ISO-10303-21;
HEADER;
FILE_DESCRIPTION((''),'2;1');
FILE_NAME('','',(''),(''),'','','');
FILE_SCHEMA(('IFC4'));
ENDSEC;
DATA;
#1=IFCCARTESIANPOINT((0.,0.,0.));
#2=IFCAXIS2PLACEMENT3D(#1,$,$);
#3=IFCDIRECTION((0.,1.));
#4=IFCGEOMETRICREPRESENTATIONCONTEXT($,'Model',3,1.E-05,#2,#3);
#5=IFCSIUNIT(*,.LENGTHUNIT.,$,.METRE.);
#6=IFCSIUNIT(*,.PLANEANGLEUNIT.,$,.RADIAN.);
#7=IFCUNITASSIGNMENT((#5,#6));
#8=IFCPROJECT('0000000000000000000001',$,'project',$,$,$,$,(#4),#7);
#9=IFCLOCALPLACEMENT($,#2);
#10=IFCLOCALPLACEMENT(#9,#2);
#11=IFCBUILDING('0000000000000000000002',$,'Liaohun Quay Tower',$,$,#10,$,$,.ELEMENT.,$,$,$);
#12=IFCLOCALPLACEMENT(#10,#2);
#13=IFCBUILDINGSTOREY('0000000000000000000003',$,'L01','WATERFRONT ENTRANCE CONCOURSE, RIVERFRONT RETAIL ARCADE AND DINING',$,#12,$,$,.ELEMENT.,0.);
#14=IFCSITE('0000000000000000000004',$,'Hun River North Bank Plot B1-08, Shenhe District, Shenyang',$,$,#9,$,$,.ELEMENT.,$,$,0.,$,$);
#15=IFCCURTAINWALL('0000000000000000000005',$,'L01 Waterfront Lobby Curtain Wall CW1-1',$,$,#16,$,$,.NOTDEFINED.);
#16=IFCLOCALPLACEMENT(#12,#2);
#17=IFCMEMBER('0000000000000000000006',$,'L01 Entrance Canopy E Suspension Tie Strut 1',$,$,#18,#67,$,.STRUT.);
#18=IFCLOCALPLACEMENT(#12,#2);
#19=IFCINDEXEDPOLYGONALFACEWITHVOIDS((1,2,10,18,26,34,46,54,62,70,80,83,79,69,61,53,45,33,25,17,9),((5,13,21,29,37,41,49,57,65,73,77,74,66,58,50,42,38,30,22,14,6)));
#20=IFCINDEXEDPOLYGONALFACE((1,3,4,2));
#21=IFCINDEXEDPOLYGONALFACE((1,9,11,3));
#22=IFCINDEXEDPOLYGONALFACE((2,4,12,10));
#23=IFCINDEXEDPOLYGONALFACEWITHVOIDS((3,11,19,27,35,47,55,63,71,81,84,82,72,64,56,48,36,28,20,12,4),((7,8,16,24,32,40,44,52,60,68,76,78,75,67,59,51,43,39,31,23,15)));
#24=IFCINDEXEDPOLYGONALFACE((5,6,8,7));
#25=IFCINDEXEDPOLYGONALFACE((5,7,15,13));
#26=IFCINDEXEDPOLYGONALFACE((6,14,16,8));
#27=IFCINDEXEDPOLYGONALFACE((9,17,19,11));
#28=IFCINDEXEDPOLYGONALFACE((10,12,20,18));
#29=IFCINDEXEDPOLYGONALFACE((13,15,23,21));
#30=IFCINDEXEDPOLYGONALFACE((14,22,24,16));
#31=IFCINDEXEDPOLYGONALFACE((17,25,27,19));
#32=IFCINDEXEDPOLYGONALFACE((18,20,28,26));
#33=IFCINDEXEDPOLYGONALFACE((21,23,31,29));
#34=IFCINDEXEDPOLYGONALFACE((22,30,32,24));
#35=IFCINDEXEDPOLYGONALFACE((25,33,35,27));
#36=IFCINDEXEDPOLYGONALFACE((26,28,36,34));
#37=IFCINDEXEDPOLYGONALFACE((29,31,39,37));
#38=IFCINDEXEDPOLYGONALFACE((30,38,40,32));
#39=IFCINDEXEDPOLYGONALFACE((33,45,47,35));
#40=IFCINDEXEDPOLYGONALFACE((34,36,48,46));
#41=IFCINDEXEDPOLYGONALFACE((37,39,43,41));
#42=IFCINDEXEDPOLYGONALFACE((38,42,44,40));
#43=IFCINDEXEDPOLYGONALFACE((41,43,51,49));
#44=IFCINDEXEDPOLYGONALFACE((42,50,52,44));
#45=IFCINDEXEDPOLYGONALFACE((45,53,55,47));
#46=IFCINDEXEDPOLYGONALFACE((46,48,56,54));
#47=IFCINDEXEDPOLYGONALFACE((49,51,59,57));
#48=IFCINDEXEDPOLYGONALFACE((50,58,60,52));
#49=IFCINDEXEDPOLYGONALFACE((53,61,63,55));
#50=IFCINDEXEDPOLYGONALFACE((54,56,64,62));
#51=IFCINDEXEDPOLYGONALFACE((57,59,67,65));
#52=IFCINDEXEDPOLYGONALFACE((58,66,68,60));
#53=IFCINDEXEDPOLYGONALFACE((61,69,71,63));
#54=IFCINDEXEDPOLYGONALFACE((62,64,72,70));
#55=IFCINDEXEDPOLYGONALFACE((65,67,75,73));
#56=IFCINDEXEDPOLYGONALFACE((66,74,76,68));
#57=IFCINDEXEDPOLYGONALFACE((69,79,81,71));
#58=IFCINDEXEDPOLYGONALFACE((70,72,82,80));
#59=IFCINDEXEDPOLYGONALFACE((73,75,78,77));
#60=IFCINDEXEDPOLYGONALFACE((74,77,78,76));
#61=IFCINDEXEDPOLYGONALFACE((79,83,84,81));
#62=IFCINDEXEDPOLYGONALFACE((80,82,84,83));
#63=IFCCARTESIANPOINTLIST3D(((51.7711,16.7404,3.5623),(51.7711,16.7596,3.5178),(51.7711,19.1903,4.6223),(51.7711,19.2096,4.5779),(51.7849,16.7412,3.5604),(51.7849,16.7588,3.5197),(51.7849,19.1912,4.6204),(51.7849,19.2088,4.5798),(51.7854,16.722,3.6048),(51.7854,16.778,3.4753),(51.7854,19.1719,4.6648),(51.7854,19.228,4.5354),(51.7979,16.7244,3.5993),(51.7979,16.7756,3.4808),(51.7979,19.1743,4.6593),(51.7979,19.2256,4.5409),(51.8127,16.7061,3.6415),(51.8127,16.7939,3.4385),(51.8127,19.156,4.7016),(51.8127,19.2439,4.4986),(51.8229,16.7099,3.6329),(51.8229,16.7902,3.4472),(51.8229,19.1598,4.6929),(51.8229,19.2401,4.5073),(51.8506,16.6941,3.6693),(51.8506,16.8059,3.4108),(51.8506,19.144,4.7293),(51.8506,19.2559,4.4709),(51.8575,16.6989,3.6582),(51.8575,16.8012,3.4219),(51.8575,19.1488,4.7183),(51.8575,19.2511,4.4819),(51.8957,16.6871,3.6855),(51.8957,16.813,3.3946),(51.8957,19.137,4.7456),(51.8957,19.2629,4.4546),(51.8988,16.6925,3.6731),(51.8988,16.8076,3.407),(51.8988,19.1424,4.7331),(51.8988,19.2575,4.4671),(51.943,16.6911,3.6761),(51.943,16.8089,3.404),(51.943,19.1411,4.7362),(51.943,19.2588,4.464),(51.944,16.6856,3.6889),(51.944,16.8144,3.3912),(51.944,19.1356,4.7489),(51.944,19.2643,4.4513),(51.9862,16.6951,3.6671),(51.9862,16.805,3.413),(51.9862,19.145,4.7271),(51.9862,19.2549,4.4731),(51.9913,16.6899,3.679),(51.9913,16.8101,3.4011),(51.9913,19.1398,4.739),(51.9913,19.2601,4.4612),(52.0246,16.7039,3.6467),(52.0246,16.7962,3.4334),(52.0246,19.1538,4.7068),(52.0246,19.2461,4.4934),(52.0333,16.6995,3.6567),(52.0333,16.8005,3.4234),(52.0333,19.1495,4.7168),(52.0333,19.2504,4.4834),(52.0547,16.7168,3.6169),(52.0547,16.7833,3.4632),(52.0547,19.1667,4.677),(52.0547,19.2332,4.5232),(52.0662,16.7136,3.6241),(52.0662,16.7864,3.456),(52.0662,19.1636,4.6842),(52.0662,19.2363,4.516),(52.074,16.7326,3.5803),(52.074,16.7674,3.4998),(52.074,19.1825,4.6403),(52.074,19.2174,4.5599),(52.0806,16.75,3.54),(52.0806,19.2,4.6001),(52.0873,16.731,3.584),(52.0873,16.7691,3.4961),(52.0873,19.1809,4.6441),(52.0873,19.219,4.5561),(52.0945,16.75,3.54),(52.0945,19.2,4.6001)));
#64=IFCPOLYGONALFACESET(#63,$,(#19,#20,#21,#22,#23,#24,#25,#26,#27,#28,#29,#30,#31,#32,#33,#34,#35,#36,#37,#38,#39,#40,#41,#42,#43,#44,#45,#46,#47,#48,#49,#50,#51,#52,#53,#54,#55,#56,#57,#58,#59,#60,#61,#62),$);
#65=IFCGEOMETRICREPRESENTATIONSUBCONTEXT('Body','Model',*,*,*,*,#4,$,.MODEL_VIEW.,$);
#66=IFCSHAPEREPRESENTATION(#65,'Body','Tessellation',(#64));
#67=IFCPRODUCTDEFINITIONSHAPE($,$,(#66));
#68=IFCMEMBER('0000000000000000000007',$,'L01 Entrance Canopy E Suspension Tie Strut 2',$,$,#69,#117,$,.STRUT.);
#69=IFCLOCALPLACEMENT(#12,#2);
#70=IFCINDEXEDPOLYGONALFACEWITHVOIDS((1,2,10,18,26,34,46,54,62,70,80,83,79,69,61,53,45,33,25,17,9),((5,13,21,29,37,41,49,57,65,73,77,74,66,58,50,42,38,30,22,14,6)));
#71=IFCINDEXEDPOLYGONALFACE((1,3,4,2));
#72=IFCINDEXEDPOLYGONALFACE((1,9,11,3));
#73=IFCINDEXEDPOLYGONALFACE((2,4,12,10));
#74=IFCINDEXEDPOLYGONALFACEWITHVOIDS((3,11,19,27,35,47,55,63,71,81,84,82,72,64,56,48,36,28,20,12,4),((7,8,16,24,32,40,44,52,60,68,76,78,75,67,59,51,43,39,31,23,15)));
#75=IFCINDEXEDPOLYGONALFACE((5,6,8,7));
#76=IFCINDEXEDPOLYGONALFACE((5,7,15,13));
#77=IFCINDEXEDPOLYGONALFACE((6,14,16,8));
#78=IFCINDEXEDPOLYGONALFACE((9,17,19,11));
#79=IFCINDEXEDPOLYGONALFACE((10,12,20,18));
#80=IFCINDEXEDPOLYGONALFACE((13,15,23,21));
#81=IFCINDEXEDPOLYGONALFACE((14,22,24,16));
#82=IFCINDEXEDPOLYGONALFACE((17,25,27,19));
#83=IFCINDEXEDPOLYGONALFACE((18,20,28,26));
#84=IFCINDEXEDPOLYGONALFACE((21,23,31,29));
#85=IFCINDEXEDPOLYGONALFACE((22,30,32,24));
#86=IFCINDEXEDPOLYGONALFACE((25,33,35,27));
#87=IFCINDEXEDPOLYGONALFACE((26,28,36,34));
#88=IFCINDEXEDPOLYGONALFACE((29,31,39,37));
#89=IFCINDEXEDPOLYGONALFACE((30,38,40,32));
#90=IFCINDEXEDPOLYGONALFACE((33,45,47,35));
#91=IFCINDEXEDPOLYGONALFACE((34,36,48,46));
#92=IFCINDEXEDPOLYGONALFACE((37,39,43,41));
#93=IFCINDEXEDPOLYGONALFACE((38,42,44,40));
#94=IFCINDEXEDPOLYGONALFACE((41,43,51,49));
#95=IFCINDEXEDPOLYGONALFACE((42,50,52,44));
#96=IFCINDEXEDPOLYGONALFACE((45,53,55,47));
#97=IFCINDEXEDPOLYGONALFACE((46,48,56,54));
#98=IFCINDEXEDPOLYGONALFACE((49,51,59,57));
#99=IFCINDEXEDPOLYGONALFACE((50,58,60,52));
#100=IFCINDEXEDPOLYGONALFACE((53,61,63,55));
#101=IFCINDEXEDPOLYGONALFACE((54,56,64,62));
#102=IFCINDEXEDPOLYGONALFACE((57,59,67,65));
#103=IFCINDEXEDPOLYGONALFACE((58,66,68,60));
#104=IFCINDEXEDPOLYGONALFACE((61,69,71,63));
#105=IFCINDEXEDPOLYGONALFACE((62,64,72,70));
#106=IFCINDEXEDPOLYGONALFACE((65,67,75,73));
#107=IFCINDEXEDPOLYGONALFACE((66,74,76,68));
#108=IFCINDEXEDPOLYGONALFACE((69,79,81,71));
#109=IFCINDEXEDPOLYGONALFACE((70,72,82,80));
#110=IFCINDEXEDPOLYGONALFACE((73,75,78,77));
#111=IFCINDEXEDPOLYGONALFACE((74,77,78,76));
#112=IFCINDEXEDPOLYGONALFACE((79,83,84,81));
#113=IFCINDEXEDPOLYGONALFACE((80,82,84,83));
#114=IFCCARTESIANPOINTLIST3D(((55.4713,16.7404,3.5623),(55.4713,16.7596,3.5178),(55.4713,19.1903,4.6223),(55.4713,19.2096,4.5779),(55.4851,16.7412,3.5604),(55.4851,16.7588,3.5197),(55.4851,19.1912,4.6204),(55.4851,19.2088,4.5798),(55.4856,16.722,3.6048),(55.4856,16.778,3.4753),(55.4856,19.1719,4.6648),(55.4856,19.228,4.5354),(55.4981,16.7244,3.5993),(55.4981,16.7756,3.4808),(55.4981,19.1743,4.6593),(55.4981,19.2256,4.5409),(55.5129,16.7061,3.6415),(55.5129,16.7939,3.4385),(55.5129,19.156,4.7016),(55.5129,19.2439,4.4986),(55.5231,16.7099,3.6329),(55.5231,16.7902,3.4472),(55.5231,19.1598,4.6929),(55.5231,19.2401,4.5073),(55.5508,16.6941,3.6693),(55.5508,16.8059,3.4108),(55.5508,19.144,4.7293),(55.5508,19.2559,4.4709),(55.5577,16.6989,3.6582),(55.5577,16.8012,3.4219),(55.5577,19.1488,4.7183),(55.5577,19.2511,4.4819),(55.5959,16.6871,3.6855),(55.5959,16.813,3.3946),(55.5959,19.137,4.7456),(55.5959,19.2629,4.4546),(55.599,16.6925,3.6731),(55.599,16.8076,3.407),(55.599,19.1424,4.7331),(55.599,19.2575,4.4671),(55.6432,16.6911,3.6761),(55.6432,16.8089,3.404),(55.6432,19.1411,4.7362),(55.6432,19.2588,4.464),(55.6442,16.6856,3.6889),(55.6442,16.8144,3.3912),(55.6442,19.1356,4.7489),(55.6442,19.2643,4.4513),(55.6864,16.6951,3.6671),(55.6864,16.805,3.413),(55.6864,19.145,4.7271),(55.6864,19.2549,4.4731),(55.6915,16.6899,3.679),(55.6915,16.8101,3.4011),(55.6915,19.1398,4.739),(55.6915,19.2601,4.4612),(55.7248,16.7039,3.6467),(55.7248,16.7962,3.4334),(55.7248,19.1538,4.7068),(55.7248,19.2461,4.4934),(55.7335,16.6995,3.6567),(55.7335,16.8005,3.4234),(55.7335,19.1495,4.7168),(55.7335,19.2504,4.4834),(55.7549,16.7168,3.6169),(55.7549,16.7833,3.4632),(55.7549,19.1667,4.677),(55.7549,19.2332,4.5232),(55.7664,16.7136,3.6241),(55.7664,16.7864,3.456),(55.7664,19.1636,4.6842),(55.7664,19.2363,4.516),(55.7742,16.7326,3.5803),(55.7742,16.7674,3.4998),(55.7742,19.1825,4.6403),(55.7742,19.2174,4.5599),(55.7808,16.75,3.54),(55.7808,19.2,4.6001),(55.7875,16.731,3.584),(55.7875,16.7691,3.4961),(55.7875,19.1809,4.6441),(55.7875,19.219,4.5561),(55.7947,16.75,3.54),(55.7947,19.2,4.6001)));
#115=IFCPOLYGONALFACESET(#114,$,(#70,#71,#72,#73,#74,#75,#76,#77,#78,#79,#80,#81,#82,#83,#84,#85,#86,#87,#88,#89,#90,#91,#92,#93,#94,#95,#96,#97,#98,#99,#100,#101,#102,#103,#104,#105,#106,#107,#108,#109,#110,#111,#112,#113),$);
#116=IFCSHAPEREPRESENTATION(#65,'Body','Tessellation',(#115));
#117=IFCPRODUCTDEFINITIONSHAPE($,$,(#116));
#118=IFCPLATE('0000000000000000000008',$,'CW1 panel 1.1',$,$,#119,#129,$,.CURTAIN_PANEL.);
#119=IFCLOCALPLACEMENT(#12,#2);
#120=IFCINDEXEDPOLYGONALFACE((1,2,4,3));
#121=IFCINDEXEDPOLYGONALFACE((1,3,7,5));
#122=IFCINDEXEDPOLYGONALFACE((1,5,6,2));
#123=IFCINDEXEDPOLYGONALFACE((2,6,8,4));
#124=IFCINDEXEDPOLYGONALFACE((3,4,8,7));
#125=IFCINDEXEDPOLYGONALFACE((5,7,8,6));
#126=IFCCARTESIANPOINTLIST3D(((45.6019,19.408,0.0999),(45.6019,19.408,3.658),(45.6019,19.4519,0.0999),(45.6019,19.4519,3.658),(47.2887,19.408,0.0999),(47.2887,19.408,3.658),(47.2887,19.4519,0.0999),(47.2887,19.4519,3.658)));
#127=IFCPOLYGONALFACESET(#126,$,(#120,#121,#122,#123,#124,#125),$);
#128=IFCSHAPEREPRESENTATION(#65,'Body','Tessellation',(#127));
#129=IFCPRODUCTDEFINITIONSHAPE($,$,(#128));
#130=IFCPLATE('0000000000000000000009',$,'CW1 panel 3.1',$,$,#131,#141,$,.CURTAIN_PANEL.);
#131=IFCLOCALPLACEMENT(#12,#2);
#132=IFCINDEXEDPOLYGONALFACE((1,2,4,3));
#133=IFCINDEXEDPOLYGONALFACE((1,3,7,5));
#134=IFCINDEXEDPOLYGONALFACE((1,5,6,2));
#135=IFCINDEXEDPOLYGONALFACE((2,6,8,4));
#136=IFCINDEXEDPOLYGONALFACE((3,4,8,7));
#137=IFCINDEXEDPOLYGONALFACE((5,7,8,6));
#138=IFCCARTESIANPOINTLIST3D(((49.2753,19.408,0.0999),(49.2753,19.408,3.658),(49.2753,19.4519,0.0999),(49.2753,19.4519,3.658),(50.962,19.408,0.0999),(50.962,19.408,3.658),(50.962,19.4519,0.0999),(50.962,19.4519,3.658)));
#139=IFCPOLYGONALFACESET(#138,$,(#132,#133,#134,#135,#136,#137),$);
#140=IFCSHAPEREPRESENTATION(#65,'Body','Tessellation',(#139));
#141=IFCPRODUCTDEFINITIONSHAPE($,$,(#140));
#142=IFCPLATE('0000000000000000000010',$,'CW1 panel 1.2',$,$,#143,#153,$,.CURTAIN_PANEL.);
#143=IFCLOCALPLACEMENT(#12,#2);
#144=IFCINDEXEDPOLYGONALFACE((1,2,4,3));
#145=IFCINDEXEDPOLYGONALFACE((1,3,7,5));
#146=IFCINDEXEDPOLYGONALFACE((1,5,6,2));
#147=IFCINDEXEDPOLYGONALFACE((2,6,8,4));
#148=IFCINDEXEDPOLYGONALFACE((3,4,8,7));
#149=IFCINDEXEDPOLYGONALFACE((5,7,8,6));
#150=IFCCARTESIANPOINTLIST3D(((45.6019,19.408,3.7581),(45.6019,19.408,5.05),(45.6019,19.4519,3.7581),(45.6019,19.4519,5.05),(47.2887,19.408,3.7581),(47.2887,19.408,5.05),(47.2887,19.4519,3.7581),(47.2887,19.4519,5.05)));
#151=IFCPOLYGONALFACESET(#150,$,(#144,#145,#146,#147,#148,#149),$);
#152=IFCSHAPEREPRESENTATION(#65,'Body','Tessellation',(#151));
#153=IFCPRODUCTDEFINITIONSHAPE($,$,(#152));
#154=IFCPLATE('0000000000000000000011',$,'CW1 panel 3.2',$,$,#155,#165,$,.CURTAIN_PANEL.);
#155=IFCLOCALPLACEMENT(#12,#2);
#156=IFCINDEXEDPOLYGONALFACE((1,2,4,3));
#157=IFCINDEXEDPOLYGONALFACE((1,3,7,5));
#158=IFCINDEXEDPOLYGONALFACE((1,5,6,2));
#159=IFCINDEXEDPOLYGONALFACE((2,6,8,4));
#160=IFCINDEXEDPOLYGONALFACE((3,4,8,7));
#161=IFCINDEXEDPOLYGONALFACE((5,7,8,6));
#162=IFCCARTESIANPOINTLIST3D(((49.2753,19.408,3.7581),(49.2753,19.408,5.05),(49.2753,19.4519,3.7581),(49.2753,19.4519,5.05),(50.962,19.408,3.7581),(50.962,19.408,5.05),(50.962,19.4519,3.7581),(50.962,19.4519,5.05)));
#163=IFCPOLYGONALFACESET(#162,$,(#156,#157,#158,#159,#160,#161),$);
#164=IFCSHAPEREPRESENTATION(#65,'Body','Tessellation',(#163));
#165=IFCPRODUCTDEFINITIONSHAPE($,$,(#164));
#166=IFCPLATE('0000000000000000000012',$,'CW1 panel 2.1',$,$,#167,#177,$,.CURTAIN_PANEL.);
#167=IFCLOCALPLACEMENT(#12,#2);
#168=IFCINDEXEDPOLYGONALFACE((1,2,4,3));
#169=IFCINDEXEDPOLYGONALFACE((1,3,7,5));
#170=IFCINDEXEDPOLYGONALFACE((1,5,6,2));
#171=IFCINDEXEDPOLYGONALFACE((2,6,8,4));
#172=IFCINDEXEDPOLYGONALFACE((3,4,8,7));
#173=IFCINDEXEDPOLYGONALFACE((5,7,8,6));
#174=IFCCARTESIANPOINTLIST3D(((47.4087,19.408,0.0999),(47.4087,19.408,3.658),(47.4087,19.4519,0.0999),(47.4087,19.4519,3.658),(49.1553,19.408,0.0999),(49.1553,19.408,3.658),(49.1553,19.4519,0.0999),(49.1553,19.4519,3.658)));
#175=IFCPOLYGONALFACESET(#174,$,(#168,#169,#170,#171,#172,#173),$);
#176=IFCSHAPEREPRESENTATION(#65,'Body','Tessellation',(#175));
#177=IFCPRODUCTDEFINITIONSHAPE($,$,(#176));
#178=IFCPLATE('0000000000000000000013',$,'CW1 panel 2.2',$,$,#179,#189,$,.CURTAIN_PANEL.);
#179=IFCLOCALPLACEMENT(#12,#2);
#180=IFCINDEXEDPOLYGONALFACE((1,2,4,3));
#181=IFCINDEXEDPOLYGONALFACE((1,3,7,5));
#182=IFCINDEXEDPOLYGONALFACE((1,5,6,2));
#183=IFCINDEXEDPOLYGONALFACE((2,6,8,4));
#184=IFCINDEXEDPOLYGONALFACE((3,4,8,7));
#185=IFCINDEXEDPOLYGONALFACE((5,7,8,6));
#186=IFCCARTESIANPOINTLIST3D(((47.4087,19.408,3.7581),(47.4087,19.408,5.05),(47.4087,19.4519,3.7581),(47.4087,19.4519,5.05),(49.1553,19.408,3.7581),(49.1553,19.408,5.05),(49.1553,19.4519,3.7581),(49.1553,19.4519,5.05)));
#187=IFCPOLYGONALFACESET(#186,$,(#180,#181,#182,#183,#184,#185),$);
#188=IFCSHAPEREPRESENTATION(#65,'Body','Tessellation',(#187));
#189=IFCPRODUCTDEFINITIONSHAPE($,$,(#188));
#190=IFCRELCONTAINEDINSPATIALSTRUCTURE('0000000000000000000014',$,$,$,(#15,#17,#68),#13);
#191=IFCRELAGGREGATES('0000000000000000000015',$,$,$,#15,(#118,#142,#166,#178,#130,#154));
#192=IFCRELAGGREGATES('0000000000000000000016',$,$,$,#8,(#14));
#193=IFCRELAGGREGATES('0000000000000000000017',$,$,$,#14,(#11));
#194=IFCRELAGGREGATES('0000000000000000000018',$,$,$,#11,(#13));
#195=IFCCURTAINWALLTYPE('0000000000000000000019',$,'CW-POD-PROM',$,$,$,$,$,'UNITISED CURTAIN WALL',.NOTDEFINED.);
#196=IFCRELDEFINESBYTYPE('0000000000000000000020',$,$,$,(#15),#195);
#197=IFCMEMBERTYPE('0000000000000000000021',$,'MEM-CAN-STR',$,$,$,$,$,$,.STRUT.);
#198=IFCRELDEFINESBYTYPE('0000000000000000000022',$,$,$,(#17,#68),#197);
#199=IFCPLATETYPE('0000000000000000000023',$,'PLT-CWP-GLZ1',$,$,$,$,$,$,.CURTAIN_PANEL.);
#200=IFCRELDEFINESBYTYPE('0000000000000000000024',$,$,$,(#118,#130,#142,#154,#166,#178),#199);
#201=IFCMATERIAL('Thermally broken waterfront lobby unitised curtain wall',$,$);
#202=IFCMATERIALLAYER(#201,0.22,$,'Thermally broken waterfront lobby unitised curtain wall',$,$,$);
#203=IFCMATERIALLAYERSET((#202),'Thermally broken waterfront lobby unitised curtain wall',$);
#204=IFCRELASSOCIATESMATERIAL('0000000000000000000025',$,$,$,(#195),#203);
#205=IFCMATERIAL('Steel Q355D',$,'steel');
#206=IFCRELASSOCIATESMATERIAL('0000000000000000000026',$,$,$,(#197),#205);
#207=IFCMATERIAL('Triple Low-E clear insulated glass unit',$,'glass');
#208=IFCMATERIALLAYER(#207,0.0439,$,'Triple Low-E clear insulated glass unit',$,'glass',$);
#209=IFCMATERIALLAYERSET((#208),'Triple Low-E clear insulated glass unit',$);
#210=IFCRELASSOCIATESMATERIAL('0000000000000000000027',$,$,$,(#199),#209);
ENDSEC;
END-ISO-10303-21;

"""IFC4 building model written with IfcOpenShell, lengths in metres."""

from ifc_helpers import new_model, si_unit, direction, frame, origin, origin_2d, place, context, subcontext, project, spatial, rectangle, hollow_circle, extrude, source, transform, mapped, material, layer, layer_set, material_profile, profile_set, type_object, element, aggregate, save


model = new_model("IFC4")

# Units and contexts
model_context = context("Model", 3, precision=1e-05, world=origin(), true_north=direction((0.0, 1.0)))
body_context = subcontext(model_context, "Body", "Model", "MODEL_VIEW")
ifc_project = project(units=[si_unit("LENGTHUNIT", "METRE"), si_unit("PLANEANGLEUNIT", "RADIAN")], contexts=[model_context])

# Site, building, storey
site_placement = place(None, origin())
site = spatial("IfcSite", under=ifc_project, at=site_placement, Name="Hun River North Bank Plot B1-08, Shenhe District, Shenyang", CompositionType="ELEMENT", RefElevation=0.0)
building_placement = place(site_placement, origin())
building = spatial("IfcBuilding", under=site, at=building_placement, Name="Liaohun Quay Tower", CompositionType="ELEMENT")
storey_placement = place(building_placement, origin())
storey = spatial("IfcBuildingStorey", under=building, at=storey_placement, Name="L01", Description="WATERFRONT ENTRANCE CONCOURSE, RIVERFRONT RETAIL ARCADE AND DINING", CompositionType="ELEMENT", Elevation=0.0)

# Shared definitions
ifc_material_1 = material(Name="Steel Q355D", Category="steel")

# Curtain wall
ifc_material_2 = material(Name="Thermally broken waterfront lobby unitised curtain wall")
ifc_layer_1 = layer(ifc_material_2, 0.22, Name="Thermally broken waterfront lobby unitised curtain wall")
ifc_layer_set_1 = layer_set([ifc_layer_1], Name="Thermally broken waterfront lobby unitised curtain wall")
curtain_wall_type = type_object("IfcCurtainWallType", Name="CW-POD-PROM", ElementType="UNITISED CURTAIN WALL", PredefinedType="NOTDEFINED", material=ifc_layer_set_1)
curtain_wall_placement = place(storey_placement, origin())
curtain_wall = element("IfcCurtainWall", 1, at=curtain_wall_placement, inside=storey, type_object=curtain_wall_type, Name="L01 Waterfront Lobby Curtain Wall CW1-1", PredefinedType="NOTDEFINED")

# Members
ifc_material_profile_1 = material_profile(ifc_material_1, hollow_circle(Radius=0.1626, WallThickness=0.0139, at=origin_2d()), Name="CHS325x14")
ifc_profile_set_1 = profile_set([ifc_material_profile_1], Name="Steel Q355D")
member_type_1 = type_object("IfcMemberType", Name="MEM-CAN-STR", PredefinedType="STRUT", material=ifc_profile_set_1)
shared_shape_1 = source(origin(), body_context, "Body", "SweptSolid", [
    extrude(hollow_circle(Radius=0.1626, WallThickness=0.0139, at=origin_2d()), origin(), (0.0, 0.0, 1.0), 2.6694),
])
for number, where, z_axis, x_axis, name in (
    (2, (51.9319, 19.2, 4.6001), (0.0, -0.917772, -0.397107), (1.0, 0.0, 0.0), "L01 Entrance Canopy E Suspension Tie Strut 1"),
    (3, (55.6321, 19.2, 4.6001), (0.0, -0.917772, -0.397107), (1.0, 0.0, 0.0), "L01 Entrance Canopy E Suspension Tie Strut 2"),
):
    element("IfcMember", number, at=place(storey_placement, frame(where, z_axis=z_axis, x_axis=x_axis)), inside=storey, type_object=member_type_1, Name=name, PredefinedType="STRUT", context=body_context, shape_type="MappedRepresentation", body=[
        mapped(shared_shape_1, transform((0.0, 0.0, 0.0), x_axis=(1.0, 0.0, 0.0), y_axis=(0.0, 1.0, 0.0), z_axis=(0.0, 0.0, 1.0), scale=1.0)),
    ])

# Plates
ifc_material_3 = material(Name="Triple Low-E clear insulated glass unit", Category="glass")
ifc_layer_2 = layer(ifc_material_3, 0.0439, Name="Triple Low-E clear insulated glass unit", Category="glass")
ifc_layer_set_2 = layer_set([ifc_layer_2], Name="Triple Low-E clear insulated glass unit")
plate_type_1 = type_object("IfcPlateType", Name="PLT-CWP-GLZ1", PredefinedType="CURTAIN_PANEL", material=ifc_layer_set_2)
shared_shape_2 = source(origin(), body_context, "Body", "SweptSolid", [
    extrude(rectangle(XDim=1.6868, YDim=0.0439, at=origin_2d()), origin(), (0.0, 0.0, 1.0), 3.5581),
])
plate_1_placement = place(storey_placement, frame((46.4453, 19.4299, 0.0999), z_axis=(0.0, 0.0, 1.0), x_axis=(1.0, 0.0, 0.0)))
plate_1 = element("IfcPlate", 4, at=plate_1_placement, type_object=plate_type_1, Name="CW1 panel 1.1", PredefinedType="CURTAIN_PANEL", context=body_context, shape_type="MappedRepresentation", body=[
    mapped(shared_shape_2, transform((0.0, 0.0, 0.0), x_axis=(1.0, 0.0, 0.0), y_axis=(0.0, 1.0, 0.0), z_axis=(0.0, 0.0, 1.0), scale=1.0)),
])
plate_2_placement = place(storey_placement, frame((50.1187, 19.4299, 0.0999), z_axis=(0.0, 0.0, 1.0), x_axis=(1.0, 0.0, 0.0)))
plate_2 = element("IfcPlate", 5, at=plate_2_placement, type_object=plate_type_1, Name="CW1 panel 3.1", PredefinedType="CURTAIN_PANEL", context=body_context, shape_type="MappedRepresentation", body=[
    mapped(shared_shape_2, transform((0.0, 0.0, 0.0), x_axis=(1.0, 0.0, 0.0), y_axis=(0.0, 1.0, 0.0), z_axis=(0.0, 0.0, 1.0), scale=1.0)),
])
shared_shape_3 = source(origin(), body_context, "Body", "SweptSolid", [
    extrude(rectangle(XDim=1.6868, YDim=0.0439, at=origin_2d()), origin(), (0.0, 0.0, 1.0), 1.292),
])
plate_3_placement = place(storey_placement, frame((46.4453, 19.4299, 3.7581), z_axis=(0.0, 0.0, 1.0), x_axis=(1.0, 0.0, 0.0)))
plate_3 = element("IfcPlate", 6, at=plate_3_placement, type_object=plate_type_1, Name="CW1 panel 1.2", PredefinedType="CURTAIN_PANEL", context=body_context, shape_type="MappedRepresentation", body=[
    mapped(shared_shape_3, transform((0.0, 0.0, 0.0), x_axis=(1.0, 0.0, 0.0), y_axis=(0.0, 1.0, 0.0), z_axis=(0.0, 0.0, 1.0), scale=1.0)),
])
plate_4_placement = place(storey_placement, frame((50.1187, 19.4299, 3.7581), z_axis=(0.0, 0.0, 1.0), x_axis=(1.0, 0.0, 0.0)))
plate_4 = element("IfcPlate", 7, at=plate_4_placement, type_object=plate_type_1, Name="CW1 panel 3.2", PredefinedType="CURTAIN_PANEL", context=body_context, shape_type="MappedRepresentation", body=[
    mapped(shared_shape_3, transform((0.0, 0.0, 0.0), x_axis=(1.0, 0.0, 0.0), y_axis=(0.0, 1.0, 0.0), z_axis=(0.0, 0.0, 1.0), scale=1.0)),
])
shared_shape_4 = source(origin(), body_context, "Body", "SweptSolid", [
    extrude(rectangle(XDim=1.7466, YDim=0.0439, at=origin_2d()), origin(), (0.0, 0.0, 1.0), 3.5581),
])
plate_5_placement = place(storey_placement, frame((48.282, 19.4299, 0.0999), z_axis=(0.0, 0.0, 1.0), x_axis=(1.0, 0.0, 0.0)))
plate_5 = element("IfcPlate", 8, at=plate_5_placement, type_object=plate_type_1, Name="CW1 panel 2.1", PredefinedType="CURTAIN_PANEL", context=body_context, shape_type="MappedRepresentation", body=[
    mapped(shared_shape_4, transform((0.0, 0.0, 0.0), x_axis=(1.0, 0.0, 0.0), y_axis=(0.0, 1.0, 0.0), z_axis=(0.0, 0.0, 1.0), scale=1.0)),
])
shared_shape_5 = source(origin(), body_context, "Body", "SweptSolid", [
    extrude(rectangle(XDim=1.7466, YDim=0.0439, at=origin_2d()), origin(), (0.0, 0.0, 1.0), 1.292),
])
plate_6_placement = place(storey_placement, frame((48.282, 19.4299, 3.7581), z_axis=(0.0, 0.0, 1.0), x_axis=(1.0, 0.0, 0.0)))
plate_6 = element("IfcPlate", 9, at=plate_6_placement, type_object=plate_type_1, Name="CW1 panel 2.2", PredefinedType="CURTAIN_PANEL", context=body_context, shape_type="MappedRepresentation", body=[
    mapped(shared_shape_5, transform((0.0, 0.0, 0.0), x_axis=(1.0, 0.0, 0.0), y_axis=(0.0, 1.0, 0.0), z_axis=(0.0, 0.0, 1.0), scale=1.0)),
])
aggregate(curtain_wall, [plate_1, plate_3, plate_5, plate_6, plate_2, plate_4])

save(model, "model.ifc")
